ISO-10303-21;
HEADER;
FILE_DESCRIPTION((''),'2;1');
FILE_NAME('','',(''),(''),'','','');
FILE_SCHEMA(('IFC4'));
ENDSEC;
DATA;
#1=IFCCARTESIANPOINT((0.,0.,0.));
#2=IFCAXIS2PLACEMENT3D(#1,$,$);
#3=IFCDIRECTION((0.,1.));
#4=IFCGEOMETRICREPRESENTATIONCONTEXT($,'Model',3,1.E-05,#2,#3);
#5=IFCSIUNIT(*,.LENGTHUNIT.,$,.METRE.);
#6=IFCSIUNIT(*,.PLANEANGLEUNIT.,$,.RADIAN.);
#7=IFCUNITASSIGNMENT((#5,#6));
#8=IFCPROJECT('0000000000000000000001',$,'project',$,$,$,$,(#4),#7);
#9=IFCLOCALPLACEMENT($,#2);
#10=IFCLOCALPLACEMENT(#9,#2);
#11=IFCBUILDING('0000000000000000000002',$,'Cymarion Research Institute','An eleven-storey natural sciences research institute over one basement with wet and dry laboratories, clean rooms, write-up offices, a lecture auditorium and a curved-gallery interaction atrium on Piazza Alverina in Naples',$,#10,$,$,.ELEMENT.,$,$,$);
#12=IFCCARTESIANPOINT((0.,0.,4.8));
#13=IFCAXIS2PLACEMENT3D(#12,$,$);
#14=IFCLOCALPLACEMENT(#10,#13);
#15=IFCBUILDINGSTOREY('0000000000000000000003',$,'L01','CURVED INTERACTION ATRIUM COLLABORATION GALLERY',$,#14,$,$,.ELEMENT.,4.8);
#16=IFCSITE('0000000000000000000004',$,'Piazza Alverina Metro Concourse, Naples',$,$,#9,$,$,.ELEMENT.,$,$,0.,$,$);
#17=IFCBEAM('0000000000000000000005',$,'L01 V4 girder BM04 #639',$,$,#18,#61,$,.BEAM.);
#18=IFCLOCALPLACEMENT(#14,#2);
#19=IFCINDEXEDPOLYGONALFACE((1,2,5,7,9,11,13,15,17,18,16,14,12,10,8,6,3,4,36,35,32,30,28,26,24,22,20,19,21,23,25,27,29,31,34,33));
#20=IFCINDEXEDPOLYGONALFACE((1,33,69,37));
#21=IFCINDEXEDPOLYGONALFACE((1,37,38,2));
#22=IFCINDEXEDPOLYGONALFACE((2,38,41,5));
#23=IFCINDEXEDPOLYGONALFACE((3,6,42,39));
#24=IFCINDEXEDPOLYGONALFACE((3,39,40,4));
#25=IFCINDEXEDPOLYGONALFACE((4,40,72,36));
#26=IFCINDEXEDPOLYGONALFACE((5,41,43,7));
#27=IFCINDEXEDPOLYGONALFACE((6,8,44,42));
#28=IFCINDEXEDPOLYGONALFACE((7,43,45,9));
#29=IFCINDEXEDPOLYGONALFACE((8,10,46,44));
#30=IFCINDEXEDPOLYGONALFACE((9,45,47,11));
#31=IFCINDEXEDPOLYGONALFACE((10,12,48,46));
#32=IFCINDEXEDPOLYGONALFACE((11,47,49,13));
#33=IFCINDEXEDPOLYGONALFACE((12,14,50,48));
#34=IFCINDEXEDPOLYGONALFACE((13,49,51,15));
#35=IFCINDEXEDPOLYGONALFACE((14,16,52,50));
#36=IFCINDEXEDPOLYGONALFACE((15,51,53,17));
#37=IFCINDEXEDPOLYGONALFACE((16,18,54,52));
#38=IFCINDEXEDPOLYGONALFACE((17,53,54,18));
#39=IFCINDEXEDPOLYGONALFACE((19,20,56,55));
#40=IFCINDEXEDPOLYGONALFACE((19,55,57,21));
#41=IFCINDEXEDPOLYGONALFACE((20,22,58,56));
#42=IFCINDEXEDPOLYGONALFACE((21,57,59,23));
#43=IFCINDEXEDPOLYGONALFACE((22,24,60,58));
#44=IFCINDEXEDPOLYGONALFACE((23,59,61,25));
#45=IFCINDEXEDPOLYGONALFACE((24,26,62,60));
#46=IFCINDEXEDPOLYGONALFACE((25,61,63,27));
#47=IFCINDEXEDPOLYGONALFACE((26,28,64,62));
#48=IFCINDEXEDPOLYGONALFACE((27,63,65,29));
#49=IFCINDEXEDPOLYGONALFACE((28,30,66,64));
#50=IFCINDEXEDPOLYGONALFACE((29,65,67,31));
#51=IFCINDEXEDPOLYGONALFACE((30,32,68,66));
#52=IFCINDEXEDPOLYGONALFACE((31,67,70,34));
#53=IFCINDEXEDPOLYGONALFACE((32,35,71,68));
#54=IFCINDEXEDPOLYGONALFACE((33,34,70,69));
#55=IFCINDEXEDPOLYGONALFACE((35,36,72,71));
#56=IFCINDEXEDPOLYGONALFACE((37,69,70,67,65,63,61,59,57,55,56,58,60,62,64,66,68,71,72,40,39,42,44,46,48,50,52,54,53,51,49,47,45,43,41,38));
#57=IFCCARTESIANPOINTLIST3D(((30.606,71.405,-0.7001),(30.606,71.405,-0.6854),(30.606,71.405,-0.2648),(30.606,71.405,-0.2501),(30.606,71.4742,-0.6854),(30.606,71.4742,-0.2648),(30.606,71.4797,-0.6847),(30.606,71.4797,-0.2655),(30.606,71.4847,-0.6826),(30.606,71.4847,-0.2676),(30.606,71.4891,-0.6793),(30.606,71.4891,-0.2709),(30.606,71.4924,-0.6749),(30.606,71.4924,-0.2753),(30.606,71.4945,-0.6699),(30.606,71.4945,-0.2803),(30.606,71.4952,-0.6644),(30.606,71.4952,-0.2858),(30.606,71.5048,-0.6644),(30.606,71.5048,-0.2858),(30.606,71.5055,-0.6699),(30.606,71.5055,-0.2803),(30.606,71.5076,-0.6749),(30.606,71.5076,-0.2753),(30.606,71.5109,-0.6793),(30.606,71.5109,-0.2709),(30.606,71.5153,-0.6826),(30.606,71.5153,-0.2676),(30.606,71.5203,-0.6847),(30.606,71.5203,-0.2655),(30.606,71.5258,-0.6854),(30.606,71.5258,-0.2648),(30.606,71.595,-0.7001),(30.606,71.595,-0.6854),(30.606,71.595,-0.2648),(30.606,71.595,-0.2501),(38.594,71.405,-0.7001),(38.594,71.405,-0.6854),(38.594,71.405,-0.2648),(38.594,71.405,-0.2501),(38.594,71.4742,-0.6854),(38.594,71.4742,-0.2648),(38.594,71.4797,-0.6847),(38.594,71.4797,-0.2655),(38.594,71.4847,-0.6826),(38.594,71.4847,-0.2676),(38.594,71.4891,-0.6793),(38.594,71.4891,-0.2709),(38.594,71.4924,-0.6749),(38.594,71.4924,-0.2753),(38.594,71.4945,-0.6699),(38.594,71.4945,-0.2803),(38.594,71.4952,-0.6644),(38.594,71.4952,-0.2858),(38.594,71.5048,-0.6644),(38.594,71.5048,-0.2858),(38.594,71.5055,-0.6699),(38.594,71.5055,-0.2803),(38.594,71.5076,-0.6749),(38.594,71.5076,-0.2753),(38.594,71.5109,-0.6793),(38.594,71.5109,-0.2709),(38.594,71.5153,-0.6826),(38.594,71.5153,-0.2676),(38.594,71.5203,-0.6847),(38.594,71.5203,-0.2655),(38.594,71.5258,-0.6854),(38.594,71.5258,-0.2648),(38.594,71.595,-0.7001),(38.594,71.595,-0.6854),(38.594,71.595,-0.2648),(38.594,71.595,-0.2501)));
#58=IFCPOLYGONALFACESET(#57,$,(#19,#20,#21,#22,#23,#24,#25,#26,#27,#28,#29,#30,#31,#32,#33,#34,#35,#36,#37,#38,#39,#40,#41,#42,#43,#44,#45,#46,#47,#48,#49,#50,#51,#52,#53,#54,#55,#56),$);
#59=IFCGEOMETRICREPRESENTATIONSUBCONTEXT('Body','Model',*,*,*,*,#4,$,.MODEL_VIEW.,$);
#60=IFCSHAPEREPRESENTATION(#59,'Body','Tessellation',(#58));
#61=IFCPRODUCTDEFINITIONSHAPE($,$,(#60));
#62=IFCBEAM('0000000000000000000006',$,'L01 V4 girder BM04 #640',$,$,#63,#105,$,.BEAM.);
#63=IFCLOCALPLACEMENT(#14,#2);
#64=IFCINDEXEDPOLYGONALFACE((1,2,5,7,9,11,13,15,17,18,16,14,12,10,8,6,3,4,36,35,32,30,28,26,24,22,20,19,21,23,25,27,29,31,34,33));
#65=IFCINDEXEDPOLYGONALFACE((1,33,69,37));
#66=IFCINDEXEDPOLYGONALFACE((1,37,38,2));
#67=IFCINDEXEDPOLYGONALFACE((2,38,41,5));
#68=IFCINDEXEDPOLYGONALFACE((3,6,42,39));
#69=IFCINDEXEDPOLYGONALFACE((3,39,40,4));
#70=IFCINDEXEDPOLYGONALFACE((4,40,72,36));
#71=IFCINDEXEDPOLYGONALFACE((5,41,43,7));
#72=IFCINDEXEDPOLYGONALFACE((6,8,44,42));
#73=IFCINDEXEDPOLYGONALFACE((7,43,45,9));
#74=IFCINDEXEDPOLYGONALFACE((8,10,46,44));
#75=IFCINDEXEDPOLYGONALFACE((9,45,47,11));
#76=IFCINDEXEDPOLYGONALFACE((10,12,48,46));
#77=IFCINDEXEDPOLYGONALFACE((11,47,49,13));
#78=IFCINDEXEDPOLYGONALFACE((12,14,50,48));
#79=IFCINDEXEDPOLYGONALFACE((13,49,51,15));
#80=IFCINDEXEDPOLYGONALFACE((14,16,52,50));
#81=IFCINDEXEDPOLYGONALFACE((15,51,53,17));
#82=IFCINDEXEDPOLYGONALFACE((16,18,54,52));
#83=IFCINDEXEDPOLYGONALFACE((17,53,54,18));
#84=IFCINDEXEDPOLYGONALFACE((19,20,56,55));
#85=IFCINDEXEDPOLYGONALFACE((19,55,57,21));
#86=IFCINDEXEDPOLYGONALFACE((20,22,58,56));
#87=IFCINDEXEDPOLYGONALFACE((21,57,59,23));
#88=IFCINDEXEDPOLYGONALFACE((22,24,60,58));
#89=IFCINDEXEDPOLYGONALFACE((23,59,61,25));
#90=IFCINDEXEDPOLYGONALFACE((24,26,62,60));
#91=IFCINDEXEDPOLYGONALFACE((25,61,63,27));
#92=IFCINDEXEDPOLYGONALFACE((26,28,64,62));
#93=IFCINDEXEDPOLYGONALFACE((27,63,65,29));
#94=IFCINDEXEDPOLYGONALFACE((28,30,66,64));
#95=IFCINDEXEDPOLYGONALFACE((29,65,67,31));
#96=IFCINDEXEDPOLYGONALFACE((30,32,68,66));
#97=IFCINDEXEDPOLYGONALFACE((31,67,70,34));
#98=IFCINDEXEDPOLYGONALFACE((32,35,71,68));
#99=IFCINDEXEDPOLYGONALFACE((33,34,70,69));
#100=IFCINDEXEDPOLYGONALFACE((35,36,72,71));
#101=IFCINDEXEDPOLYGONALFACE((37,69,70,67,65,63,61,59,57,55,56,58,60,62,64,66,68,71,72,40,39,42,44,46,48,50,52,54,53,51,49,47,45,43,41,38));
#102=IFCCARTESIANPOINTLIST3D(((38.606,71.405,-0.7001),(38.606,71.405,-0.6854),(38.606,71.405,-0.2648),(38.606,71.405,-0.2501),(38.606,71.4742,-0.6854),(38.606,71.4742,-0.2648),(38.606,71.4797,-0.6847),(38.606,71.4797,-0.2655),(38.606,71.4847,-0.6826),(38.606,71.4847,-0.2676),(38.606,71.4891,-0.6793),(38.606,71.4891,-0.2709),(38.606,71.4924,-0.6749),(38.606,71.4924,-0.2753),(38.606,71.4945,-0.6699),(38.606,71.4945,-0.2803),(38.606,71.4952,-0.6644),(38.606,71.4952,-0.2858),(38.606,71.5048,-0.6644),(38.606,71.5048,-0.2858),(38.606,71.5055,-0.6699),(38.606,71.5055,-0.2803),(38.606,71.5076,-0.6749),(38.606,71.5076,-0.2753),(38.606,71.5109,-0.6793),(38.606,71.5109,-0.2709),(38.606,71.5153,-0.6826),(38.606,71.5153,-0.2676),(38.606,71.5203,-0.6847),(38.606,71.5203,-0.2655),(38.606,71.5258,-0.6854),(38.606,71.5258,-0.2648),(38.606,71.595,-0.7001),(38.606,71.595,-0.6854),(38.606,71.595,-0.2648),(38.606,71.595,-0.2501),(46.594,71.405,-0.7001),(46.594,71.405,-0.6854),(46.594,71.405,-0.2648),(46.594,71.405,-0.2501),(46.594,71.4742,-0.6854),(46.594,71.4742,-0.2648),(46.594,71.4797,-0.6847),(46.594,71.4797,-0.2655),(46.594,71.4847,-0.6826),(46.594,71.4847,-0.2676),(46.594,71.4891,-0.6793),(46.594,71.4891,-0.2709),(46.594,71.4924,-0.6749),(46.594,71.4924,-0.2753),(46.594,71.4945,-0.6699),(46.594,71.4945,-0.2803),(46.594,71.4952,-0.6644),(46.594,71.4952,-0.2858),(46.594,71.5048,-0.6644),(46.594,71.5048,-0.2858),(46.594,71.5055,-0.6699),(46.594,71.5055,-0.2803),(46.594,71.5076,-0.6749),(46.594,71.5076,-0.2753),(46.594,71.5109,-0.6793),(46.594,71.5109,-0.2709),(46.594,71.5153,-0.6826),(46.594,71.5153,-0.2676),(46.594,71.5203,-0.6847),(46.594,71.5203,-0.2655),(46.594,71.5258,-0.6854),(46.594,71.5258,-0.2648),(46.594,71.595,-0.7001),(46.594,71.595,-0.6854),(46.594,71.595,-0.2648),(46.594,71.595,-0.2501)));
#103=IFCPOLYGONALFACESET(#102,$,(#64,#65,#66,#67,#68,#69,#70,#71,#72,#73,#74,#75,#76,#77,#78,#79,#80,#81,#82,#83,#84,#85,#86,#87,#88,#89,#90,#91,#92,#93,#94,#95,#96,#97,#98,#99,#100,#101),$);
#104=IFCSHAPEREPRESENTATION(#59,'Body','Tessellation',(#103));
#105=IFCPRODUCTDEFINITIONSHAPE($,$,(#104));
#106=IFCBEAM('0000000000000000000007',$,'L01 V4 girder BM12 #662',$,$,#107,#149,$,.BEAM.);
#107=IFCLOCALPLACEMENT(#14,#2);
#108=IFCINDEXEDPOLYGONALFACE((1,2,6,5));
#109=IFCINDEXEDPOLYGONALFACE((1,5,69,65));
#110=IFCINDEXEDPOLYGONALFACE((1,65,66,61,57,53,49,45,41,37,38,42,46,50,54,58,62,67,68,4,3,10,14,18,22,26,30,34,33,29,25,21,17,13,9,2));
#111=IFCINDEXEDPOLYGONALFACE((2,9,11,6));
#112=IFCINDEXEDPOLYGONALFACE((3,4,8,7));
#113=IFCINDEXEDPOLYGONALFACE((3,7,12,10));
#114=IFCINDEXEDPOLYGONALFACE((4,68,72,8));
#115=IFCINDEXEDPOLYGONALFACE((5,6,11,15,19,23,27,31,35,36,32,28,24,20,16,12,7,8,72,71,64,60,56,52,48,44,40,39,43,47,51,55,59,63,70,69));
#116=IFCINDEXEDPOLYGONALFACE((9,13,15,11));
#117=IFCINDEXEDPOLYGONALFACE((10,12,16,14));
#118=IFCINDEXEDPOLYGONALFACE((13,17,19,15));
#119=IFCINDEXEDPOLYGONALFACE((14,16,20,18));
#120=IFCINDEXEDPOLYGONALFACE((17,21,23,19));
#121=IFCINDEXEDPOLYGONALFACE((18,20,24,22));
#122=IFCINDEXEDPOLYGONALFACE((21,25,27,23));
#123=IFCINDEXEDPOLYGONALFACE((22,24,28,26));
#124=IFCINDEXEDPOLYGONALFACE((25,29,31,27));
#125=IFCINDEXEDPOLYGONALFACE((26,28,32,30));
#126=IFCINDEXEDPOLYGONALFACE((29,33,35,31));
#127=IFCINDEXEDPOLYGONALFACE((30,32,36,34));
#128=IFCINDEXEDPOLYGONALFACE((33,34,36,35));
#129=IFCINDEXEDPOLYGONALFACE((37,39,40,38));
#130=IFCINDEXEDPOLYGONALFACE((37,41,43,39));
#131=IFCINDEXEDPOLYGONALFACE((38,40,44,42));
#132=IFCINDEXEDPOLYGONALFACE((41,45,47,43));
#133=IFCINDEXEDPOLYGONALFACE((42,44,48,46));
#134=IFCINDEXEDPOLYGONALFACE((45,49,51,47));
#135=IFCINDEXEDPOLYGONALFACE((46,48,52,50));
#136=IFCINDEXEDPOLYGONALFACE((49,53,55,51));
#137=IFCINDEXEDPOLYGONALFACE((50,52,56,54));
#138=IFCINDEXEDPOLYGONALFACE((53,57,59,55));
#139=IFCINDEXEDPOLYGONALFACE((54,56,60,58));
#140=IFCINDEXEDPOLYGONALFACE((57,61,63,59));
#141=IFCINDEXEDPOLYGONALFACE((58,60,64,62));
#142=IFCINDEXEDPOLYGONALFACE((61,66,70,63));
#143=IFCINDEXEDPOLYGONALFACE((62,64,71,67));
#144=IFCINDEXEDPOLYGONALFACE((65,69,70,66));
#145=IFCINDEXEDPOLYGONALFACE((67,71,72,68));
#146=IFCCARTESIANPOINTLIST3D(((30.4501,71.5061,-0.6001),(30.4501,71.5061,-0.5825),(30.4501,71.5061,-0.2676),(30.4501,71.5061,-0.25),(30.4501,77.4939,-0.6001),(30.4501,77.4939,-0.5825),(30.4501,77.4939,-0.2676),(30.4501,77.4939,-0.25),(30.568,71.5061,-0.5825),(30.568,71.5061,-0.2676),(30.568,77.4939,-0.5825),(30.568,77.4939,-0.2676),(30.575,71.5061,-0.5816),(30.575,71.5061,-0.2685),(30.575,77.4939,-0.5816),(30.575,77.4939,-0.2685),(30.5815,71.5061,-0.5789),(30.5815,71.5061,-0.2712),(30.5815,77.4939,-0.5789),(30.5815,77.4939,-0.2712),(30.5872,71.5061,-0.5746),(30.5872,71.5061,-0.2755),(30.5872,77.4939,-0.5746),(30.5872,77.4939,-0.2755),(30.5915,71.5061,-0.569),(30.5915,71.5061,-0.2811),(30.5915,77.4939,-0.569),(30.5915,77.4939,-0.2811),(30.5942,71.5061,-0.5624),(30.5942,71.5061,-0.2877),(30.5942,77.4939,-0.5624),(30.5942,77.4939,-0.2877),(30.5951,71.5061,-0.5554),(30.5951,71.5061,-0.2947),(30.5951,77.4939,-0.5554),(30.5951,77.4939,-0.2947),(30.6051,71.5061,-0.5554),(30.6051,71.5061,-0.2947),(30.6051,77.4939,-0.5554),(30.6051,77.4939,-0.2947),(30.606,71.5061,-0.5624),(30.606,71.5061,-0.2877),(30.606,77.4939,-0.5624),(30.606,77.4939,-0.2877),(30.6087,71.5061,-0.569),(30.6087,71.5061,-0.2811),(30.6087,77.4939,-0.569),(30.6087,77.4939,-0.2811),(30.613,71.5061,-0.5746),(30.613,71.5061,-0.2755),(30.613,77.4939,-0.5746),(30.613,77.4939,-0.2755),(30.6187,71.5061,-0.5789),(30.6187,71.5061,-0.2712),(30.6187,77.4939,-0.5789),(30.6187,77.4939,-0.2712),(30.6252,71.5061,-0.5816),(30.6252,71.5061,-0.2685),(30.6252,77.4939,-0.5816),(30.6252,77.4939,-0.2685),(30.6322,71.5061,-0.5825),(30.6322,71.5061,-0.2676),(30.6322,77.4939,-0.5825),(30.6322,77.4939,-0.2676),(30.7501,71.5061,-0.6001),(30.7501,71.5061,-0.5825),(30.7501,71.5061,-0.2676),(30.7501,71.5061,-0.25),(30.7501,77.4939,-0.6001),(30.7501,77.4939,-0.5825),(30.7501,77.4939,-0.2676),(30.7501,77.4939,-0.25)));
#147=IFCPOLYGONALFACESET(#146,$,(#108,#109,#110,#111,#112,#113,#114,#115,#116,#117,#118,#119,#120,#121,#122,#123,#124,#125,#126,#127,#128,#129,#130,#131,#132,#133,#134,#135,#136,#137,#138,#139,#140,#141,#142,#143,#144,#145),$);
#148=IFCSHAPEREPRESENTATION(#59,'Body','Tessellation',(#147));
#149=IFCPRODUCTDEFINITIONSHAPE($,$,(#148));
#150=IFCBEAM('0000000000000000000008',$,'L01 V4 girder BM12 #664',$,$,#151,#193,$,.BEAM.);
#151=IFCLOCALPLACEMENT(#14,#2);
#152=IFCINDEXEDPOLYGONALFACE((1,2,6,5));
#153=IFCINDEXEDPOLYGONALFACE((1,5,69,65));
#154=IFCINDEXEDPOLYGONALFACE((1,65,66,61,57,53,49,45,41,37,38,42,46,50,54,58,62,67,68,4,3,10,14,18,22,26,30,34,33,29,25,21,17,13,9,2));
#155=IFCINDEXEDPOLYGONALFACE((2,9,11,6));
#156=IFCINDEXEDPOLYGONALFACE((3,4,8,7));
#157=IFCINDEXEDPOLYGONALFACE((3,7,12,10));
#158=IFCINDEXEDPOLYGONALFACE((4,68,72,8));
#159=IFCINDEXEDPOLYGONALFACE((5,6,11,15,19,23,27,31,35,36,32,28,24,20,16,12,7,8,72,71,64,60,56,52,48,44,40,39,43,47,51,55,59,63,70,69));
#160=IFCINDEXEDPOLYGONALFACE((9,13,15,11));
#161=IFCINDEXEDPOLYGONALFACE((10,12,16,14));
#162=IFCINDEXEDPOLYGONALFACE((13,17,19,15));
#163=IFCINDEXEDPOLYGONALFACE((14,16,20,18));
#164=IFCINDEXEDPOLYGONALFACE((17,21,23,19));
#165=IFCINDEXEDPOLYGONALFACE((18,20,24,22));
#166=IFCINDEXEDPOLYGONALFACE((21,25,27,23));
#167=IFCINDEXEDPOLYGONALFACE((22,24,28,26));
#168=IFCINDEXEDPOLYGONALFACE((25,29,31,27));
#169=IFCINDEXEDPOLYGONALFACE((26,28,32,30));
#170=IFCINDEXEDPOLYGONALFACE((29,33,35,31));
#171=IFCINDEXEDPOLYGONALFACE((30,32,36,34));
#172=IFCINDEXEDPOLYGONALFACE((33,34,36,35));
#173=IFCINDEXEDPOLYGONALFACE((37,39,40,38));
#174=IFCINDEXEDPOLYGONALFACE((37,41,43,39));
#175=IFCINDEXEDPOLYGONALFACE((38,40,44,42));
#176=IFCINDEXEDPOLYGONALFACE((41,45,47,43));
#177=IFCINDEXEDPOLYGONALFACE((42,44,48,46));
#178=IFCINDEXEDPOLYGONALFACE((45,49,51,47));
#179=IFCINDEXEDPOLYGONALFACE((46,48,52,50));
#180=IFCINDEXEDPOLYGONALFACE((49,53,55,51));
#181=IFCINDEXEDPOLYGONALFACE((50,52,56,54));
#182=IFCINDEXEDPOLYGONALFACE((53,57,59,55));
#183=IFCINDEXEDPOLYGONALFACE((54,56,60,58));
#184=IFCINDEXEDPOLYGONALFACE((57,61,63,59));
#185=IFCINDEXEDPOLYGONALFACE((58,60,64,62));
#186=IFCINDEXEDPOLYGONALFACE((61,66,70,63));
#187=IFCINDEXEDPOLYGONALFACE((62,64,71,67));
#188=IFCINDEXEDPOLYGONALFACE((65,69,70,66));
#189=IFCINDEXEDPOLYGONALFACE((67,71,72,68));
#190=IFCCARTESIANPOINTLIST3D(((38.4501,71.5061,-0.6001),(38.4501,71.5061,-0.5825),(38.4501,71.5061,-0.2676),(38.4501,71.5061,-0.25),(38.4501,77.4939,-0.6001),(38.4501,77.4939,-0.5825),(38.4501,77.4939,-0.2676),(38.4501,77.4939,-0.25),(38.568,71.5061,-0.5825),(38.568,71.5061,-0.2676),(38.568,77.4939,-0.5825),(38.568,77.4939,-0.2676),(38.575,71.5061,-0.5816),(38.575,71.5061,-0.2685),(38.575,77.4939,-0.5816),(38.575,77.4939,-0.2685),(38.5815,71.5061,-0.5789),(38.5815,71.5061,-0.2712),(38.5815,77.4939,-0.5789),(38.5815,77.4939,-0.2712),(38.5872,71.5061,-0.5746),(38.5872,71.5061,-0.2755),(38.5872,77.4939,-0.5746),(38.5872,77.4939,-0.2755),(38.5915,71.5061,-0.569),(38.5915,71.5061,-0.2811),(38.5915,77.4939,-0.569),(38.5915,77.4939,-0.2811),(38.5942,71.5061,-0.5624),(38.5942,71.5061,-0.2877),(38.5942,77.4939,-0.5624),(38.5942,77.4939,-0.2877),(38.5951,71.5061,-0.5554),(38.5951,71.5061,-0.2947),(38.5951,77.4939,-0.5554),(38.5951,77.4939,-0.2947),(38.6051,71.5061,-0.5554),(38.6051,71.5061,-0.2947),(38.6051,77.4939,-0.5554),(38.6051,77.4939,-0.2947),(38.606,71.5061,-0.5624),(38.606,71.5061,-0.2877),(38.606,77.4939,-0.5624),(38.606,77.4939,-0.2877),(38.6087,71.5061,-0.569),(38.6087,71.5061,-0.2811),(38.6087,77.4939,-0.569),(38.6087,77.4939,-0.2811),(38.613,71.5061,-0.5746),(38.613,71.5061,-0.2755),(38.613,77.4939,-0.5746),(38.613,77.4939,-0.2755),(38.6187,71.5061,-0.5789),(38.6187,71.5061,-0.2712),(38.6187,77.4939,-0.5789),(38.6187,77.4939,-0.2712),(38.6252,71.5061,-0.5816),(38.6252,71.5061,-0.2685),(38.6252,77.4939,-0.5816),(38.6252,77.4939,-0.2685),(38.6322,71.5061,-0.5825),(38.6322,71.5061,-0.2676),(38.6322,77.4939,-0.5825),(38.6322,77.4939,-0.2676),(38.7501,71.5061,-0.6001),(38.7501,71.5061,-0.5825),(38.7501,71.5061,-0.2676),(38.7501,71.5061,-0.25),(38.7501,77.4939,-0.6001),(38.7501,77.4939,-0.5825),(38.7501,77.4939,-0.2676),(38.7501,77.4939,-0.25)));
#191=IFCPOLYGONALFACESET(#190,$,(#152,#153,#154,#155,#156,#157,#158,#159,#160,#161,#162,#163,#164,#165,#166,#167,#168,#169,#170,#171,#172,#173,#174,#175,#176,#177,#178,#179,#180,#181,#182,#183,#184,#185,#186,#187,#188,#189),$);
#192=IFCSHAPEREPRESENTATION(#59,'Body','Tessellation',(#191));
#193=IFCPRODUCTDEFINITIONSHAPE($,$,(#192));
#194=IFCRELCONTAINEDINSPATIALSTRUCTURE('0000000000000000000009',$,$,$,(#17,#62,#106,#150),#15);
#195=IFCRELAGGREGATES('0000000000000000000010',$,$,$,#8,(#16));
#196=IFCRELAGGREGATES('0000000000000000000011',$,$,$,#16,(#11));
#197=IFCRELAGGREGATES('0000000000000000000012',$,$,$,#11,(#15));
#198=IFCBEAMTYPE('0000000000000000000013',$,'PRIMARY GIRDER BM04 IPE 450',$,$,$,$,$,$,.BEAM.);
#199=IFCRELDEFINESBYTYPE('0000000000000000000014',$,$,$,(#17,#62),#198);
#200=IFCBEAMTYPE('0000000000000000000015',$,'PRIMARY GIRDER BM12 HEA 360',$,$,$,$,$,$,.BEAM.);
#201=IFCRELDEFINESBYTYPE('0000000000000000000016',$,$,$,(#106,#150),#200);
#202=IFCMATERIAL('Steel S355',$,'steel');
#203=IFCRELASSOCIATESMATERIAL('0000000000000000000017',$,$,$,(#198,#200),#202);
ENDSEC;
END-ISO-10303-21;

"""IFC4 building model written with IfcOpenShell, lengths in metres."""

from ifc_helpers import new_model, si_unit, direction, frame, origin, origin_2d, place, context, subcontext, project, spatial, i_section, extrude, material, material_profile, profile_set, type_object, element, save


model = new_model("IFC4")

# Units and contexts
model_context = context("Model", 3, precision=1e-05, world=origin(), true_north=direction((0.0, 1.0)))
body_context = subcontext(model_context, "Body", "Model", "MODEL_VIEW")
ifc_project = project(units=[si_unit("LENGTHUNIT", "METRE"), si_unit("PLANEANGLEUNIT", "RADIAN")], contexts=[model_context])

# Site, building, storey
site_placement = place(None, origin())
site = spatial("IfcSite", under=ifc_project, at=site_placement, Name="Piazza Alverina Metro Concourse, Naples", CompositionType="ELEMENT", RefElevation=0.0)
building_placement = place(site_placement, origin())
building = spatial("IfcBuilding", under=site, at=building_placement, Name="Cymarion Research Institute", Description="An eleven-storey natural sciences research institute over one basement with wet and dry laboratories, clean rooms, write-up offices, a lecture auditorium and a curved-gallery interaction atrium on Piazza Alverina in Naples", CompositionType="ELEMENT")
storey_placement = place(building_placement, frame((0.0, 0.0, 4.8)))
storey = spatial("IfcBuildingStorey", under=building, at=storey_placement, Name="L01", Description="CURVED INTERACTION ATRIUM COLLABORATION GALLERY", CompositionType="ELEMENT", Elevation=4.8)

# Shared definitions
ifc_material_1 = material(Name="Steel S355", Category="steel")

# Beams
ifc_material_profile_1 = material_profile(ifc_material_1, i_section(OverallWidth=0.1899, OverallDepth=0.45, WebThickness=0.0095, FlangeThickness=0.0146, FilletRadius=0.021, at=origin_2d()), Name="IPE 450")
ifc_profile_set_1 = profile_set([ifc_material_profile_1], Name="Steel S355")
beam_type_1 = type_object("IfcBeamType", Name="PRIMARY GIRDER BM04 IPE 450", PredefinedType="BEAM", material=ifc_profile_set_1)
for number, where, z_axis, x_axis, name in (
    (1, (30.606, 71.5, -0.4751), (1.0, 0.0, 0.0), (0.0, 1.0, 0.0), "L01 V4 girder BM04 #639"),
    (2, (38.606, 71.5, -0.4751), (1.0, 0.0, 0.0), (0.0, 1.0, 0.0), "L01 V4 girder BM04 #640"),
):
    element("IfcBeam", number, at=place(storey_placement, frame(where, z_axis=z_axis, x_axis=x_axis)), inside=storey, type_object=beam_type_1, Name=name, PredefinedType="BEAM", context=body_context, shape_type="SweptSolid", body=[
        extrude(i_section(OverallWidth=0.1899, OverallDepth=0.45, WebThickness=0.0095, FlangeThickness=0.0146, FilletRadius=0.021, at=origin_2d()), origin(), (0.0, 0.0, 1.0), 7.988),
    ])
ifc_material_profile_2 = material_profile(ifc_material_1, i_section(OverallWidth=0.3, OverallDepth=0.3501, WebThickness=0.01, FlangeThickness=0.0176, FilletRadius=0.0271, at=origin_2d()), Name="HEA 360")
ifc_profile_set_2 = profile_set([ifc_material_profile_2], Name="Steel S355")
beam_type_2 = type_object("IfcBeamType", Name="PRIMARY GIRDER BM12 HEA 360", PredefinedType="BEAM", material=ifc_profile_set_2)
for number, where, z_axis, x_axis, name in (
    (3, (30.6001, 71.5061, -0.425), (0.0, 1.0, 0.0), (-1.0, 0.0, 0.0), "L01 V4 girder BM12 #662"),
    (4, (38.6001, 71.5061, -0.425), (0.0, 1.0, 0.0), (-1.0, 0.0, 0.0), "L01 V4 girder BM12 #664"),
):
    element("IfcBeam", number, at=place(storey_placement, frame(where, z_axis=z_axis, x_axis=x_axis)), inside=storey, type_object=beam_type_2, Name=name, PredefinedType="BEAM", context=body_context, shape_type="SweptSolid", body=[
        extrude(i_section(OverallWidth=0.3, OverallDepth=0.3501, WebThickness=0.01, FlangeThickness=0.0176, FilletRadius=0.0271, at=origin_2d()), origin(), (0.0, 0.0, 1.0), 5.9878),
    ])

save(model, "model.ifc")
